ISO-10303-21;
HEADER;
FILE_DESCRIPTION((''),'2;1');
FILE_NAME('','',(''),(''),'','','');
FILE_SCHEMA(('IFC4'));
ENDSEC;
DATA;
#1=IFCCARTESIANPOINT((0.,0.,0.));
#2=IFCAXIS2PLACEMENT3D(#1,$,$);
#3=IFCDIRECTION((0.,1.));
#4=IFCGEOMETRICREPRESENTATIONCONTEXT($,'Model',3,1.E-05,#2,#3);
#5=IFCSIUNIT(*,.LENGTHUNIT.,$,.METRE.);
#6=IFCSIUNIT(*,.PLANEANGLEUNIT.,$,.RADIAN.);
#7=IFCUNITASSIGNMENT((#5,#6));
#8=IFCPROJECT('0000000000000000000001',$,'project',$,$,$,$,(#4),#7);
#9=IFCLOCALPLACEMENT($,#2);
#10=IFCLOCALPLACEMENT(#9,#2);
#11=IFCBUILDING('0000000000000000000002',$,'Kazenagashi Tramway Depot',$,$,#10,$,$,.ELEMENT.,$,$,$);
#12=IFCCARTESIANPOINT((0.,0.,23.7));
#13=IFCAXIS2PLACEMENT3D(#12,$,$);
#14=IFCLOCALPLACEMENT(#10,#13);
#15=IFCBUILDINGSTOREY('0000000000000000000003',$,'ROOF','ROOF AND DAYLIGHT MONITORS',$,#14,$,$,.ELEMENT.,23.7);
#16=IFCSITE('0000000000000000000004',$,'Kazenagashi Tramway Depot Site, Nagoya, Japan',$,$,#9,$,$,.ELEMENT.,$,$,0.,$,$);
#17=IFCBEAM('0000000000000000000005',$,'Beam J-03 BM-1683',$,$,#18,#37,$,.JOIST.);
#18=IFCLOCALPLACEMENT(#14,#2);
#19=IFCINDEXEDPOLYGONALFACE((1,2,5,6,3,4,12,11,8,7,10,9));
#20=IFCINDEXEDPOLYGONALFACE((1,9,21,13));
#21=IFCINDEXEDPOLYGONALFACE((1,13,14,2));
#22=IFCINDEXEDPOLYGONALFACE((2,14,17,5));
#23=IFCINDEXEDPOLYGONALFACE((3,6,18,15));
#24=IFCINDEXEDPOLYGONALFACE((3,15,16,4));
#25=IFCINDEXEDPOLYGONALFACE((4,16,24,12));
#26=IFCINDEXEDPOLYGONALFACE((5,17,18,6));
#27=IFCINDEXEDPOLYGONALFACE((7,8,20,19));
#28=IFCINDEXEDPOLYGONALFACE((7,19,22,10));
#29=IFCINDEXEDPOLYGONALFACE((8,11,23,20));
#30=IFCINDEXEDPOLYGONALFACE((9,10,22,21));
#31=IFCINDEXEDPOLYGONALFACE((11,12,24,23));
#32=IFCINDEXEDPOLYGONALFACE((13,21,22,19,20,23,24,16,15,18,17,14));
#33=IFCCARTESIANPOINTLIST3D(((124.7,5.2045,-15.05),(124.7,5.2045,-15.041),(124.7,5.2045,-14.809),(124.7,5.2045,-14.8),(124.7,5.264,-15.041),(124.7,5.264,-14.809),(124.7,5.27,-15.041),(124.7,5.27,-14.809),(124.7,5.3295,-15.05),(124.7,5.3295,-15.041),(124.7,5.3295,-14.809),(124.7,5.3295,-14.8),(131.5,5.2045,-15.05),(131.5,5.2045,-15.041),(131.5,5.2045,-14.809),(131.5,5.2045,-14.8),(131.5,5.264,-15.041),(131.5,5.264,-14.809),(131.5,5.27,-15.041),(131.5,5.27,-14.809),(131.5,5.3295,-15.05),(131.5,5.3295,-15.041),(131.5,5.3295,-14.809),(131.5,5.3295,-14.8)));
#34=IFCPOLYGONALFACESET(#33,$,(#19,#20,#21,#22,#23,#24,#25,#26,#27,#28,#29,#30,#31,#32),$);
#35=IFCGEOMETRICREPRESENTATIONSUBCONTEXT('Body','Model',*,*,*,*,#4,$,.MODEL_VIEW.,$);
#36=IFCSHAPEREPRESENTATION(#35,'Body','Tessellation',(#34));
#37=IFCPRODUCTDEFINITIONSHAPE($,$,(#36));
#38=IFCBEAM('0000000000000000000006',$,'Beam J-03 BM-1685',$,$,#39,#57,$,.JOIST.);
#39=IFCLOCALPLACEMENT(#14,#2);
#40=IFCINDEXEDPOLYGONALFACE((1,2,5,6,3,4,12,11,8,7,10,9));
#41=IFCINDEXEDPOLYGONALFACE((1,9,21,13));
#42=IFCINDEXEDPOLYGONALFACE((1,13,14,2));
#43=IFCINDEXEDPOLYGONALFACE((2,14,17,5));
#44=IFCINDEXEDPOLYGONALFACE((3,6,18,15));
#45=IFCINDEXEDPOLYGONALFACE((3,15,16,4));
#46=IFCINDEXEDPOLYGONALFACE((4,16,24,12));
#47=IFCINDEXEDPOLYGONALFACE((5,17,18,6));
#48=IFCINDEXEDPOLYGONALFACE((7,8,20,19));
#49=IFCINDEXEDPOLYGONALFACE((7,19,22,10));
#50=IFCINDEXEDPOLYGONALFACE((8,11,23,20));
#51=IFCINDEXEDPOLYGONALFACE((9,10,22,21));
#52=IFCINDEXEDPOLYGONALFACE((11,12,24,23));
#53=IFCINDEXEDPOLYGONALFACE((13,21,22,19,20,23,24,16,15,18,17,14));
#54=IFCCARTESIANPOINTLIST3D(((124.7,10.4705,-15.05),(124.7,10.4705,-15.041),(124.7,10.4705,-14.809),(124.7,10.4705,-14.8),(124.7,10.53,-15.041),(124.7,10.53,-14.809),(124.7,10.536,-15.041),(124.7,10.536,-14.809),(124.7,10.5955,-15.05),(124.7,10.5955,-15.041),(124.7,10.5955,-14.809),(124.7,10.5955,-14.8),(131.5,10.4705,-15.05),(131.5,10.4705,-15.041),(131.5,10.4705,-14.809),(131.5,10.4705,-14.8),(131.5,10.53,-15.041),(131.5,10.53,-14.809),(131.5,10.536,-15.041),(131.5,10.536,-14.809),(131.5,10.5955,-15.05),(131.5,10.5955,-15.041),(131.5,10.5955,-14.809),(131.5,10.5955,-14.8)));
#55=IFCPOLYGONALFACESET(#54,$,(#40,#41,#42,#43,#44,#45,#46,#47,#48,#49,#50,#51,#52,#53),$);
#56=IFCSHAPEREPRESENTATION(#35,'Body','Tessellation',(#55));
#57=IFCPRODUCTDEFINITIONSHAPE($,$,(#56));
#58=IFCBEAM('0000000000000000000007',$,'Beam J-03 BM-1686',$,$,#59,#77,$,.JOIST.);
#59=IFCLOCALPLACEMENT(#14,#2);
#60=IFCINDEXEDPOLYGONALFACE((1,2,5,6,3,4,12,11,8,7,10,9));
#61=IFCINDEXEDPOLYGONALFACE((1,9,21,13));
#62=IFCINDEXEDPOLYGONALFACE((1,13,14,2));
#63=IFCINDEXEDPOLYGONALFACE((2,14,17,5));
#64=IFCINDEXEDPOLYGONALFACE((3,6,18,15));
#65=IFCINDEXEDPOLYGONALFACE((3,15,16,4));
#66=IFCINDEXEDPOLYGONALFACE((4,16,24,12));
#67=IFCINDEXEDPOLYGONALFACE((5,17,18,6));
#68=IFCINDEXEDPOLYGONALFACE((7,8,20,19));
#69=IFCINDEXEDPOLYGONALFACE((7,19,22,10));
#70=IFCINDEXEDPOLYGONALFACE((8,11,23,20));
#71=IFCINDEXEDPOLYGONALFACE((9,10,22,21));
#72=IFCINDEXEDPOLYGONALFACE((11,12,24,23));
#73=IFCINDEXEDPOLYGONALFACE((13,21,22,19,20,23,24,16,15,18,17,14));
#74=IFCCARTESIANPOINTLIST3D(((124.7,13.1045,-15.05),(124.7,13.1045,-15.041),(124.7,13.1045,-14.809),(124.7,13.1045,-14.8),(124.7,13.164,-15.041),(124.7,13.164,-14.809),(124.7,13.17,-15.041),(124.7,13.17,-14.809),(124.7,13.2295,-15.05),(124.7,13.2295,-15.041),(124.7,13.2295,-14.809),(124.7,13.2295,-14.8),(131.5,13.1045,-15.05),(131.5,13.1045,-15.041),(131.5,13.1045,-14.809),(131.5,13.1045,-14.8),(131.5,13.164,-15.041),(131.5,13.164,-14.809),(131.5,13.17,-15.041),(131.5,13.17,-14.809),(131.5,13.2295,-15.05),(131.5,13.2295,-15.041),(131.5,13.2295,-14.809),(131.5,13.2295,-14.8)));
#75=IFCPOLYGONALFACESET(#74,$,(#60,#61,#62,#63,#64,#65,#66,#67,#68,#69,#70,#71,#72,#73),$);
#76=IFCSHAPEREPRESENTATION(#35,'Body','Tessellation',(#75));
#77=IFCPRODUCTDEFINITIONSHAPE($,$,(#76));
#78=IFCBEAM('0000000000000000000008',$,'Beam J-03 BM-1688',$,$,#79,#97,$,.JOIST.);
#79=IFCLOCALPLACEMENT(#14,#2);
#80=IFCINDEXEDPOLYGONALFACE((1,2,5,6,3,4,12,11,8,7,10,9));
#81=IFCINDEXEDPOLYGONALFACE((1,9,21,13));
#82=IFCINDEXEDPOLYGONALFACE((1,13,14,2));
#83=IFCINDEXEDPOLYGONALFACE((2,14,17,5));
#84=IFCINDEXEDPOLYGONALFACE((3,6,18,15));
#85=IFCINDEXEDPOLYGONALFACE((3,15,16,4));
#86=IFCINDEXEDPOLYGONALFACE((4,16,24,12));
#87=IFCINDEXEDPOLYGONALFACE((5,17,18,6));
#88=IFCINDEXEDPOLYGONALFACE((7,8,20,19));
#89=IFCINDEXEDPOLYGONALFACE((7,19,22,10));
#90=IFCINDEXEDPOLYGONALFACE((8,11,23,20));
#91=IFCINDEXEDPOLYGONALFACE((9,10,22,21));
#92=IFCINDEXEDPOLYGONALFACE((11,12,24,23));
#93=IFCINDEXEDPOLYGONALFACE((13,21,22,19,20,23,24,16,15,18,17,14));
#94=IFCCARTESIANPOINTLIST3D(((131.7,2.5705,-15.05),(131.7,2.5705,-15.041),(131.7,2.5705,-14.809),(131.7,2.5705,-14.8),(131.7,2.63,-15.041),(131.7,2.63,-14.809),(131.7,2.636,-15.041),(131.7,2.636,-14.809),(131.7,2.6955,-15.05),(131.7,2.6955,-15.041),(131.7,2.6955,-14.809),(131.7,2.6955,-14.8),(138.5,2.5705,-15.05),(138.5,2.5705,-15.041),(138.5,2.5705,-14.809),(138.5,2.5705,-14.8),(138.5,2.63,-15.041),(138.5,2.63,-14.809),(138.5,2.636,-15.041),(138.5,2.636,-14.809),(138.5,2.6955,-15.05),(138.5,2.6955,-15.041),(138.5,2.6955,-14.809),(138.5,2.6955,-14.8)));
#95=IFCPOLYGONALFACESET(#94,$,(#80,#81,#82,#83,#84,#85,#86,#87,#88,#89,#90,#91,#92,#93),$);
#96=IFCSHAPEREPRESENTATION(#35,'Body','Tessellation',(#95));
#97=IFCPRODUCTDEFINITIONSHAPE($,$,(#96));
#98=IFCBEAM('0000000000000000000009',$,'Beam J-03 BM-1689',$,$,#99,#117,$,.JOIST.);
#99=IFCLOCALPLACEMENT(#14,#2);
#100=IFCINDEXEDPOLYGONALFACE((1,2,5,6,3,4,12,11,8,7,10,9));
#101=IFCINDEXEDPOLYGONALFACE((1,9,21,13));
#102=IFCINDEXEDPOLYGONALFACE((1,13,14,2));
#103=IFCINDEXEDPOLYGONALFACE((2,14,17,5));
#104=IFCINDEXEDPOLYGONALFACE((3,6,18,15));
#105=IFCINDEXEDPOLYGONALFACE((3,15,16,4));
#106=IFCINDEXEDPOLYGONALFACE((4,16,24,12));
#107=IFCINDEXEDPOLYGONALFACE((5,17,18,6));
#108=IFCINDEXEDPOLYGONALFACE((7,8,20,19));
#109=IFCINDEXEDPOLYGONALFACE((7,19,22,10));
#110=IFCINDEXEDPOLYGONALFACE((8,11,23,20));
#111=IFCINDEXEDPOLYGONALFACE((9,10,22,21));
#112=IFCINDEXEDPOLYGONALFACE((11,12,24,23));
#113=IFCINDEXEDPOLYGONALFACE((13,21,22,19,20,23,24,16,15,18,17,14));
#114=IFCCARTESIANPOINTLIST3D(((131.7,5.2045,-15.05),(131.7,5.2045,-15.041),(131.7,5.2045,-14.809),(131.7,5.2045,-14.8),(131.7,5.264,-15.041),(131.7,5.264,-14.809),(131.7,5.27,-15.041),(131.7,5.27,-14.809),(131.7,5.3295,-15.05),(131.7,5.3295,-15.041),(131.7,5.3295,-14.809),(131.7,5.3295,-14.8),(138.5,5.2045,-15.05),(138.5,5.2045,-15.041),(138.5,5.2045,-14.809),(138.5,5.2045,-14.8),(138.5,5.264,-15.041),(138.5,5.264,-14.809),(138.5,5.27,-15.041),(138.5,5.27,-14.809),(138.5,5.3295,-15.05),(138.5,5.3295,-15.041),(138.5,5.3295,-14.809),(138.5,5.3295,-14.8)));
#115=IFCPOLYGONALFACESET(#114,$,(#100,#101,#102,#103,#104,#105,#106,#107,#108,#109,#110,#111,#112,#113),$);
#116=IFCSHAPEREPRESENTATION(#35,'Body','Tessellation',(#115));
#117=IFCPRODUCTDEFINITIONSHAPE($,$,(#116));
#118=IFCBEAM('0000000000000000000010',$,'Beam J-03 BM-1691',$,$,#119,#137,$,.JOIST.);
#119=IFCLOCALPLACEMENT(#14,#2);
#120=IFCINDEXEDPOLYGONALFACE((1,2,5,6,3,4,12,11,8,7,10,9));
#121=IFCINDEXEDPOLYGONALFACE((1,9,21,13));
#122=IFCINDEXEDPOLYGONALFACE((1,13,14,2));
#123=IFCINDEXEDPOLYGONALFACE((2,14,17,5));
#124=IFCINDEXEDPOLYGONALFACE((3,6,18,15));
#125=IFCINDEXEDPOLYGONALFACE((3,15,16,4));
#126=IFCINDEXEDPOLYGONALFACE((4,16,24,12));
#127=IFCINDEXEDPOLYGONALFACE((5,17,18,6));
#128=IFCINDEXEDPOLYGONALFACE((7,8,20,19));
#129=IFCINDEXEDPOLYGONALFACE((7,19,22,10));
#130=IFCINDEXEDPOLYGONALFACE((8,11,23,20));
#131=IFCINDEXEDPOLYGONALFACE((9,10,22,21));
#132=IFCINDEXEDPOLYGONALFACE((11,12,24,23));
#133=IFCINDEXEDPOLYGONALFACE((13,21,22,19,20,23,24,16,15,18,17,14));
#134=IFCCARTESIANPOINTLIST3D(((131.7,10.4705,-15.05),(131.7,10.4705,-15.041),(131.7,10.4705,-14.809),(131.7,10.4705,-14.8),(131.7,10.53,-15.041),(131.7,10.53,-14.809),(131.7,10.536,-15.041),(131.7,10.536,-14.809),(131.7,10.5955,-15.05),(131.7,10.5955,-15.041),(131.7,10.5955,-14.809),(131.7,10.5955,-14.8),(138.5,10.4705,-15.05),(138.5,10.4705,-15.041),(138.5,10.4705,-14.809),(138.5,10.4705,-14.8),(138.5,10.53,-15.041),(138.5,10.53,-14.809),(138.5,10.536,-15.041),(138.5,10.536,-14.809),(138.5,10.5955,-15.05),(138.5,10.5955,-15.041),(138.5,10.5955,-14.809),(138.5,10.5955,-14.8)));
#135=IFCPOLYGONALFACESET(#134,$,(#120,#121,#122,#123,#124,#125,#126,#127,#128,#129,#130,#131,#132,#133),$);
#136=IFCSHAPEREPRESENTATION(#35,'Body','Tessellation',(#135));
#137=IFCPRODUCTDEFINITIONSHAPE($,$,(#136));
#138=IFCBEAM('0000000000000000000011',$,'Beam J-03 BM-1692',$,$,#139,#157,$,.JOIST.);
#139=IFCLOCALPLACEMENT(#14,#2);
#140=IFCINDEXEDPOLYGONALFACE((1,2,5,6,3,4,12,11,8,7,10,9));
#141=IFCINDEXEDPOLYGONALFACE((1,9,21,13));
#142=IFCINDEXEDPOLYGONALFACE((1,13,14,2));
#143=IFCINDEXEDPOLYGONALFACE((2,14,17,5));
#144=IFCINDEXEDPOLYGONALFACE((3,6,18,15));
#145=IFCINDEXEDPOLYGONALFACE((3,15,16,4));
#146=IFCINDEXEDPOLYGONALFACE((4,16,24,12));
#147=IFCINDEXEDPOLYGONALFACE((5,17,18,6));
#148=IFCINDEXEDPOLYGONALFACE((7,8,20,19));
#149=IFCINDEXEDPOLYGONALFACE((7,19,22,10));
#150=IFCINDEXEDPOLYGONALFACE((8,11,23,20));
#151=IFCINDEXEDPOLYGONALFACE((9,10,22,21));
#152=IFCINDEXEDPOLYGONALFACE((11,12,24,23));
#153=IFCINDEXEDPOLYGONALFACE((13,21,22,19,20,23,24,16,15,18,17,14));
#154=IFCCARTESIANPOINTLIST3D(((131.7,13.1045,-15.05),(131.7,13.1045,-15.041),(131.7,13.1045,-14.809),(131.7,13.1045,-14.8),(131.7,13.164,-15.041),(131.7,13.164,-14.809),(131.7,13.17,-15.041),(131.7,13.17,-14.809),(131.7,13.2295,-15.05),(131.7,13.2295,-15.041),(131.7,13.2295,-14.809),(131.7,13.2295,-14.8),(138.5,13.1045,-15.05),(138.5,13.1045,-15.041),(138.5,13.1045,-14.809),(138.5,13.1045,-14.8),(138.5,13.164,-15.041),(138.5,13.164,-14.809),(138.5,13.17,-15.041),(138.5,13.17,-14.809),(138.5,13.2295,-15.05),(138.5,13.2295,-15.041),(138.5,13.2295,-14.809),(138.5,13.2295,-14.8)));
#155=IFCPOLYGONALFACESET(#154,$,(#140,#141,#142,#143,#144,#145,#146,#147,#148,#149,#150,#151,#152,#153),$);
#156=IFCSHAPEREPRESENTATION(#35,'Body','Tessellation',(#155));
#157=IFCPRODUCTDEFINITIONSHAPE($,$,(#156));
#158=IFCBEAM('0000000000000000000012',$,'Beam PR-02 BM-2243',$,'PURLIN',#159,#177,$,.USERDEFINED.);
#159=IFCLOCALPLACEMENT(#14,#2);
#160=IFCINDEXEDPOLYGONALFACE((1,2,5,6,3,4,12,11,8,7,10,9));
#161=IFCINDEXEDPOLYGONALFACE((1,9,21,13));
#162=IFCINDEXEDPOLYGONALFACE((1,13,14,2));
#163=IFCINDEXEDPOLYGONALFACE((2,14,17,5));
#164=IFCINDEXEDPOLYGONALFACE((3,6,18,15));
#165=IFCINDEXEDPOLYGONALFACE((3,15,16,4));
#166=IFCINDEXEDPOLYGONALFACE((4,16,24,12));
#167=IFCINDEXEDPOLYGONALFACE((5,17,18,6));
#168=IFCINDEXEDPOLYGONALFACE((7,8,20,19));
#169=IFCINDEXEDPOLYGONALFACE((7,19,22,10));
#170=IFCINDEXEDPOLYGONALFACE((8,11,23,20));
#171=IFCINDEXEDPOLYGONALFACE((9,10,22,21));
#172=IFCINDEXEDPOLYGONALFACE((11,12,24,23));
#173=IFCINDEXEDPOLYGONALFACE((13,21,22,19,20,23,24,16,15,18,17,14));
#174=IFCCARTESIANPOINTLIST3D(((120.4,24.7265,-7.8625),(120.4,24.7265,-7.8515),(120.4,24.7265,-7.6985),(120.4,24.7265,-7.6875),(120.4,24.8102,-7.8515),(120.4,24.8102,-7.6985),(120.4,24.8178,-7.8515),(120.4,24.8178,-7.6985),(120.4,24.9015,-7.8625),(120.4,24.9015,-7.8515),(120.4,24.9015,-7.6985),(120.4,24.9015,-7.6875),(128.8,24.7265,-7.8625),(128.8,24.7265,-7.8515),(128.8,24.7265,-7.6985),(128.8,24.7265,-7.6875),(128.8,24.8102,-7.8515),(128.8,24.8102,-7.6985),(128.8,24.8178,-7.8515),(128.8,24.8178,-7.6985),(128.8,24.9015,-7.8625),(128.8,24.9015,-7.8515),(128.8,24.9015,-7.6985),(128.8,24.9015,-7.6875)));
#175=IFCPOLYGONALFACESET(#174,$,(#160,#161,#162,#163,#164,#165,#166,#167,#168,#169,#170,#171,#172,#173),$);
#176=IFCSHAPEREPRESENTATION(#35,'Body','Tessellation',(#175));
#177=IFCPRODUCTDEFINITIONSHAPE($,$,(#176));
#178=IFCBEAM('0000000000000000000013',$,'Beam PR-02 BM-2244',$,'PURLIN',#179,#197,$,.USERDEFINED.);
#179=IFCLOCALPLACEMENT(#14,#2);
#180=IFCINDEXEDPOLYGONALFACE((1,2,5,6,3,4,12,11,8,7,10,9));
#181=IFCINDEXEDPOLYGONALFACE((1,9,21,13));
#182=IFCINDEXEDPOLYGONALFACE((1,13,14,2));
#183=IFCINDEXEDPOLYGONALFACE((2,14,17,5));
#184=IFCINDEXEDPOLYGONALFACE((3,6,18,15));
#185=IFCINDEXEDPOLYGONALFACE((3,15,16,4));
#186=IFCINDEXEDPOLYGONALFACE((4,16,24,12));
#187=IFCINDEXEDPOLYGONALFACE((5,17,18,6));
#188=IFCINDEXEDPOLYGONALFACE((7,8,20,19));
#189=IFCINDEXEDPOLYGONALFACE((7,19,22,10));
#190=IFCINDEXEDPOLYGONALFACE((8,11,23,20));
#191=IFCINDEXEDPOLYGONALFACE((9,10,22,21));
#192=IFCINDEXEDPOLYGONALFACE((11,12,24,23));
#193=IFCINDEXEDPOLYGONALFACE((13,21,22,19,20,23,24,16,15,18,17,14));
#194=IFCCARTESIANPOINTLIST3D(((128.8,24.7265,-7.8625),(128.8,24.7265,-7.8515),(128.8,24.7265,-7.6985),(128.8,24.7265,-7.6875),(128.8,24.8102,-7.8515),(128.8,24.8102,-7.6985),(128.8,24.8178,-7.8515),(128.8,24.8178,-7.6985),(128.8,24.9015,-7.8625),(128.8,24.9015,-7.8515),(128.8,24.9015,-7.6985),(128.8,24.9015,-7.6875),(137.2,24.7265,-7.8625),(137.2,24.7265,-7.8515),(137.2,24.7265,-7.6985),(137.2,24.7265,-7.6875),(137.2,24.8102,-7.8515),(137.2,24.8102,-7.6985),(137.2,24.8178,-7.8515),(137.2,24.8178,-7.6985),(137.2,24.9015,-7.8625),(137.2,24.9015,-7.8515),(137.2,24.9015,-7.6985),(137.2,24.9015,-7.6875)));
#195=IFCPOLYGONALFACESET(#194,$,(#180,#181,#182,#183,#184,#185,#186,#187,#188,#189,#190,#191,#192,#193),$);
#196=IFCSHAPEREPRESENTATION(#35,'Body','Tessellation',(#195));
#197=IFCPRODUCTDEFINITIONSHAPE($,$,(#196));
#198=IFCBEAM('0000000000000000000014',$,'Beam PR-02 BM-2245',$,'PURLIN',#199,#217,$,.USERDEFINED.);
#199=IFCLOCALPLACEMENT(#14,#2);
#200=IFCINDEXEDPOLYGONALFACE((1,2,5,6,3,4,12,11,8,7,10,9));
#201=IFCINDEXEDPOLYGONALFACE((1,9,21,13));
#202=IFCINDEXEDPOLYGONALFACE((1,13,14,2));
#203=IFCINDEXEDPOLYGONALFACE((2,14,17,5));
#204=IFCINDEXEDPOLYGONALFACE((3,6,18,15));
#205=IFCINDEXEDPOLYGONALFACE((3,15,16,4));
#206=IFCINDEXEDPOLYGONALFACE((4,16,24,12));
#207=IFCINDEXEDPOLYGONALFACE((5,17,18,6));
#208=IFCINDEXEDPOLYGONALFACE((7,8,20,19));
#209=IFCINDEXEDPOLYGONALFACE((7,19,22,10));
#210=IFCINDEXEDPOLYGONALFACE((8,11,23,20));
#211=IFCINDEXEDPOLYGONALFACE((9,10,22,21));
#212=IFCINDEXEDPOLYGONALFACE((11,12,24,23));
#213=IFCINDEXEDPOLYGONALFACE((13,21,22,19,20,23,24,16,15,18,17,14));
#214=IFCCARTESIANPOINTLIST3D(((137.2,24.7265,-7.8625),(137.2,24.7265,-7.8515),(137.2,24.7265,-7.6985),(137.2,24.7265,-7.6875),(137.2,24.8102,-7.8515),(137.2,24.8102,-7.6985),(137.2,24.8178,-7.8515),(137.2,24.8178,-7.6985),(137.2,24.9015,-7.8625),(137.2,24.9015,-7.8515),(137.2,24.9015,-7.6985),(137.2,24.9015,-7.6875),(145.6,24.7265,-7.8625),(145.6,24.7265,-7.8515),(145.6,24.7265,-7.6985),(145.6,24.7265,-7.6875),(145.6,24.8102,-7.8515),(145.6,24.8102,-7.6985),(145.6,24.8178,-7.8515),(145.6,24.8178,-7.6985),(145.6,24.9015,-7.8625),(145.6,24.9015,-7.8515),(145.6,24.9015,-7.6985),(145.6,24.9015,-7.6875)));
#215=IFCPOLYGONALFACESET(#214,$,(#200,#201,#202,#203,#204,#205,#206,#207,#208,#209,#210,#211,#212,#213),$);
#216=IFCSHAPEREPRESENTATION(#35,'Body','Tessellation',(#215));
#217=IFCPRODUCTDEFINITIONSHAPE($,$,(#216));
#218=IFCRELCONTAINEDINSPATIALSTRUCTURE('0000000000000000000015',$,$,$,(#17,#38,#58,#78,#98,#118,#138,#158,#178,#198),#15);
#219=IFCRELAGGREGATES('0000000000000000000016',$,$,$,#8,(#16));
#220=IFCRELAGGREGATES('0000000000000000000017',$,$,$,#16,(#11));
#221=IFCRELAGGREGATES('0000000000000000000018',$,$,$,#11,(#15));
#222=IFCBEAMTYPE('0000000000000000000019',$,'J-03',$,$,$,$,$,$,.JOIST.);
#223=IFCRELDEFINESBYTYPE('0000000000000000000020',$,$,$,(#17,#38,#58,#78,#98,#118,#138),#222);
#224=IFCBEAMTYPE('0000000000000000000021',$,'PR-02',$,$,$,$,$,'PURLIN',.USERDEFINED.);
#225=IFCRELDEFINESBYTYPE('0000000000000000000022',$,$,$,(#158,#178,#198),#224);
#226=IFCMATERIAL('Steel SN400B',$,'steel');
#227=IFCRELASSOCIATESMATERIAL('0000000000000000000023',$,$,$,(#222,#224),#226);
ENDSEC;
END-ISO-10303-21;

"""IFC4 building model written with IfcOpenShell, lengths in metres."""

from ifc_helpers import new_model, si_unit, direction, frame, origin, origin_2d, place, context, subcontext, project, spatial, i_section, extrude, material, material_profile, profile_set, type_object, element, save


model = new_model("IFC4")

# Units and contexts
model_context = context("Model", 3, precision=1e-05, world=origin(), true_north=direction((0.0, 1.0)))
body_context = subcontext(model_context, "Body", "Model", "MODEL_VIEW")
ifc_project = project(units=[si_unit("LENGTHUNIT", "METRE"), si_unit("PLANEANGLEUNIT", "RADIAN")], contexts=[model_context])

# Site, building, storey
site_placement = place(None, origin())
site = spatial("IfcSite", under=ifc_project, at=site_placement, Name="Kazenagashi Tramway Depot Site, Nagoya, Japan", CompositionType="ELEMENT", RefElevation=0.0)
building_placement = place(site_placement, origin())
building = spatial("IfcBuilding", under=site, at=building_placement, Name="Kazenagashi Tramway Depot", CompositionType="ELEMENT")
storey_placement = place(building_placement, frame((0.0, 0.0, 23.7)))
storey = spatial("IfcBuildingStorey", under=building, at=storey_placement, Name="ROOF", Description="ROOF AND DAYLIGHT MONITORS", CompositionType="ELEMENT", Elevation=23.7)

# Beams
ifc_material_1 = material(Name="Steel SN400B", Category="steel")
ifc_material_profile_1 = material_profile(ifc_material_1, i_section(OverallWidth=0.125, OverallDepth=0.25, WebThickness=0.006, FlangeThickness=0.009, at=origin_2d()), Name="H-250x125x6x9")
ifc_profile_set_1 = profile_set([ifc_material_profile_1], Name="Steel SN400B")
beam_type_1 = type_object("IfcBeamType", Name="J-03", PredefinedType="JOIST", material=ifc_profile_set_1)
for number, where, z_axis, x_axis, name in (
    (1, (124.7, 5.267, -14.925), (1.0, 0.0, 0.0), (0.0, 1.0, 0.0), "Beam J-03 BM-1683"),
    (2, (124.7, 10.533, -14.925), (1.0, 0.0, 0.0), (0.0, 1.0, 0.0), "Beam J-03 BM-1685"),
    (3, (124.7, 13.167, -14.925), (1.0, 0.0, 0.0), (0.0, 1.0, 0.0), "Beam J-03 BM-1686"),
    (4, (131.7, 2.633, -14.925), (1.0, 0.0, 0.0), (0.0, 1.0, 0.0), "Beam J-03 BM-1688"),
    (5, (131.7, 5.267, -14.925), (1.0, 0.0, 0.0), (0.0, 1.0, 0.0), "Beam J-03 BM-1689"),
    (6, (131.7, 10.533, -14.925), (1.0, 0.0, 0.0), (0.0, 1.0, 0.0), "Beam J-03 BM-1691"),
    (7, (131.7, 13.167, -14.925), (1.0, 0.0, 0.0), (0.0, 1.0, 0.0), "Beam J-03 BM-1692"),
):
    element("IfcBeam", number, at=place(storey_placement, frame(where, z_axis=z_axis, x_axis=x_axis)), inside=storey, type_object=beam_type_1, Name=name, PredefinedType="JOIST", context=body_context, shape_type="SweptSolid", body=[
        extrude(i_section(OverallWidth=0.125, OverallDepth=0.25, WebThickness=0.006, FlangeThickness=0.009, at=origin_2d()), origin(), (0.0, 0.0, 1.0), 6.8),
    ])
ifc_material_profile_2 = material_profile(ifc_material_1, i_section(OverallWidth=0.175, OverallDepth=0.175, WebThickness=0.0075, FlangeThickness=0.011, at=origin_2d()), Name="H-175x175x7.5x11")
ifc_profile_set_2 = profile_set([ifc_material_profile_2], Name="Steel SN400B")
beam_type_2 = type_object("IfcBeamType", Name="PR-02", ElementType="PURLIN", PredefinedType="USERDEFINED", material=ifc_profile_set_2)
for number, where, z_axis, x_axis, name in (
    (8, (120.4, 24.814, -7.775), (1.0, 0.0, 0.0), (0.0, 1.0, 0.0), "Beam PR-02 BM-2243"),
    (9, (128.8, 24.814, -7.775), (1.0, 0.0, 0.0), (0.0, 1.0, 0.0), "Beam PR-02 BM-2244"),
    (10, (137.2, 24.814, -7.775), (1.0, 0.0, 0.0), (0.0, 1.0, 0.0), "Beam PR-02 BM-2245"),
):
    element("IfcBeam", number, at=place(storey_placement, frame(where, z_axis=z_axis, x_axis=x_axis)), inside=storey, type_object=beam_type_2, Name=name, ObjectType="PURLIN", PredefinedType="USERDEFINED", context=body_context, shape_type="SweptSolid", body=[
        extrude(i_section(OverallWidth=0.175, OverallDepth=0.175, WebThickness=0.0075, FlangeThickness=0.011, at=origin_2d()), origin(), (0.0, 0.0, 1.0), 8.4),
    ])

save(model, "model.ifc")
